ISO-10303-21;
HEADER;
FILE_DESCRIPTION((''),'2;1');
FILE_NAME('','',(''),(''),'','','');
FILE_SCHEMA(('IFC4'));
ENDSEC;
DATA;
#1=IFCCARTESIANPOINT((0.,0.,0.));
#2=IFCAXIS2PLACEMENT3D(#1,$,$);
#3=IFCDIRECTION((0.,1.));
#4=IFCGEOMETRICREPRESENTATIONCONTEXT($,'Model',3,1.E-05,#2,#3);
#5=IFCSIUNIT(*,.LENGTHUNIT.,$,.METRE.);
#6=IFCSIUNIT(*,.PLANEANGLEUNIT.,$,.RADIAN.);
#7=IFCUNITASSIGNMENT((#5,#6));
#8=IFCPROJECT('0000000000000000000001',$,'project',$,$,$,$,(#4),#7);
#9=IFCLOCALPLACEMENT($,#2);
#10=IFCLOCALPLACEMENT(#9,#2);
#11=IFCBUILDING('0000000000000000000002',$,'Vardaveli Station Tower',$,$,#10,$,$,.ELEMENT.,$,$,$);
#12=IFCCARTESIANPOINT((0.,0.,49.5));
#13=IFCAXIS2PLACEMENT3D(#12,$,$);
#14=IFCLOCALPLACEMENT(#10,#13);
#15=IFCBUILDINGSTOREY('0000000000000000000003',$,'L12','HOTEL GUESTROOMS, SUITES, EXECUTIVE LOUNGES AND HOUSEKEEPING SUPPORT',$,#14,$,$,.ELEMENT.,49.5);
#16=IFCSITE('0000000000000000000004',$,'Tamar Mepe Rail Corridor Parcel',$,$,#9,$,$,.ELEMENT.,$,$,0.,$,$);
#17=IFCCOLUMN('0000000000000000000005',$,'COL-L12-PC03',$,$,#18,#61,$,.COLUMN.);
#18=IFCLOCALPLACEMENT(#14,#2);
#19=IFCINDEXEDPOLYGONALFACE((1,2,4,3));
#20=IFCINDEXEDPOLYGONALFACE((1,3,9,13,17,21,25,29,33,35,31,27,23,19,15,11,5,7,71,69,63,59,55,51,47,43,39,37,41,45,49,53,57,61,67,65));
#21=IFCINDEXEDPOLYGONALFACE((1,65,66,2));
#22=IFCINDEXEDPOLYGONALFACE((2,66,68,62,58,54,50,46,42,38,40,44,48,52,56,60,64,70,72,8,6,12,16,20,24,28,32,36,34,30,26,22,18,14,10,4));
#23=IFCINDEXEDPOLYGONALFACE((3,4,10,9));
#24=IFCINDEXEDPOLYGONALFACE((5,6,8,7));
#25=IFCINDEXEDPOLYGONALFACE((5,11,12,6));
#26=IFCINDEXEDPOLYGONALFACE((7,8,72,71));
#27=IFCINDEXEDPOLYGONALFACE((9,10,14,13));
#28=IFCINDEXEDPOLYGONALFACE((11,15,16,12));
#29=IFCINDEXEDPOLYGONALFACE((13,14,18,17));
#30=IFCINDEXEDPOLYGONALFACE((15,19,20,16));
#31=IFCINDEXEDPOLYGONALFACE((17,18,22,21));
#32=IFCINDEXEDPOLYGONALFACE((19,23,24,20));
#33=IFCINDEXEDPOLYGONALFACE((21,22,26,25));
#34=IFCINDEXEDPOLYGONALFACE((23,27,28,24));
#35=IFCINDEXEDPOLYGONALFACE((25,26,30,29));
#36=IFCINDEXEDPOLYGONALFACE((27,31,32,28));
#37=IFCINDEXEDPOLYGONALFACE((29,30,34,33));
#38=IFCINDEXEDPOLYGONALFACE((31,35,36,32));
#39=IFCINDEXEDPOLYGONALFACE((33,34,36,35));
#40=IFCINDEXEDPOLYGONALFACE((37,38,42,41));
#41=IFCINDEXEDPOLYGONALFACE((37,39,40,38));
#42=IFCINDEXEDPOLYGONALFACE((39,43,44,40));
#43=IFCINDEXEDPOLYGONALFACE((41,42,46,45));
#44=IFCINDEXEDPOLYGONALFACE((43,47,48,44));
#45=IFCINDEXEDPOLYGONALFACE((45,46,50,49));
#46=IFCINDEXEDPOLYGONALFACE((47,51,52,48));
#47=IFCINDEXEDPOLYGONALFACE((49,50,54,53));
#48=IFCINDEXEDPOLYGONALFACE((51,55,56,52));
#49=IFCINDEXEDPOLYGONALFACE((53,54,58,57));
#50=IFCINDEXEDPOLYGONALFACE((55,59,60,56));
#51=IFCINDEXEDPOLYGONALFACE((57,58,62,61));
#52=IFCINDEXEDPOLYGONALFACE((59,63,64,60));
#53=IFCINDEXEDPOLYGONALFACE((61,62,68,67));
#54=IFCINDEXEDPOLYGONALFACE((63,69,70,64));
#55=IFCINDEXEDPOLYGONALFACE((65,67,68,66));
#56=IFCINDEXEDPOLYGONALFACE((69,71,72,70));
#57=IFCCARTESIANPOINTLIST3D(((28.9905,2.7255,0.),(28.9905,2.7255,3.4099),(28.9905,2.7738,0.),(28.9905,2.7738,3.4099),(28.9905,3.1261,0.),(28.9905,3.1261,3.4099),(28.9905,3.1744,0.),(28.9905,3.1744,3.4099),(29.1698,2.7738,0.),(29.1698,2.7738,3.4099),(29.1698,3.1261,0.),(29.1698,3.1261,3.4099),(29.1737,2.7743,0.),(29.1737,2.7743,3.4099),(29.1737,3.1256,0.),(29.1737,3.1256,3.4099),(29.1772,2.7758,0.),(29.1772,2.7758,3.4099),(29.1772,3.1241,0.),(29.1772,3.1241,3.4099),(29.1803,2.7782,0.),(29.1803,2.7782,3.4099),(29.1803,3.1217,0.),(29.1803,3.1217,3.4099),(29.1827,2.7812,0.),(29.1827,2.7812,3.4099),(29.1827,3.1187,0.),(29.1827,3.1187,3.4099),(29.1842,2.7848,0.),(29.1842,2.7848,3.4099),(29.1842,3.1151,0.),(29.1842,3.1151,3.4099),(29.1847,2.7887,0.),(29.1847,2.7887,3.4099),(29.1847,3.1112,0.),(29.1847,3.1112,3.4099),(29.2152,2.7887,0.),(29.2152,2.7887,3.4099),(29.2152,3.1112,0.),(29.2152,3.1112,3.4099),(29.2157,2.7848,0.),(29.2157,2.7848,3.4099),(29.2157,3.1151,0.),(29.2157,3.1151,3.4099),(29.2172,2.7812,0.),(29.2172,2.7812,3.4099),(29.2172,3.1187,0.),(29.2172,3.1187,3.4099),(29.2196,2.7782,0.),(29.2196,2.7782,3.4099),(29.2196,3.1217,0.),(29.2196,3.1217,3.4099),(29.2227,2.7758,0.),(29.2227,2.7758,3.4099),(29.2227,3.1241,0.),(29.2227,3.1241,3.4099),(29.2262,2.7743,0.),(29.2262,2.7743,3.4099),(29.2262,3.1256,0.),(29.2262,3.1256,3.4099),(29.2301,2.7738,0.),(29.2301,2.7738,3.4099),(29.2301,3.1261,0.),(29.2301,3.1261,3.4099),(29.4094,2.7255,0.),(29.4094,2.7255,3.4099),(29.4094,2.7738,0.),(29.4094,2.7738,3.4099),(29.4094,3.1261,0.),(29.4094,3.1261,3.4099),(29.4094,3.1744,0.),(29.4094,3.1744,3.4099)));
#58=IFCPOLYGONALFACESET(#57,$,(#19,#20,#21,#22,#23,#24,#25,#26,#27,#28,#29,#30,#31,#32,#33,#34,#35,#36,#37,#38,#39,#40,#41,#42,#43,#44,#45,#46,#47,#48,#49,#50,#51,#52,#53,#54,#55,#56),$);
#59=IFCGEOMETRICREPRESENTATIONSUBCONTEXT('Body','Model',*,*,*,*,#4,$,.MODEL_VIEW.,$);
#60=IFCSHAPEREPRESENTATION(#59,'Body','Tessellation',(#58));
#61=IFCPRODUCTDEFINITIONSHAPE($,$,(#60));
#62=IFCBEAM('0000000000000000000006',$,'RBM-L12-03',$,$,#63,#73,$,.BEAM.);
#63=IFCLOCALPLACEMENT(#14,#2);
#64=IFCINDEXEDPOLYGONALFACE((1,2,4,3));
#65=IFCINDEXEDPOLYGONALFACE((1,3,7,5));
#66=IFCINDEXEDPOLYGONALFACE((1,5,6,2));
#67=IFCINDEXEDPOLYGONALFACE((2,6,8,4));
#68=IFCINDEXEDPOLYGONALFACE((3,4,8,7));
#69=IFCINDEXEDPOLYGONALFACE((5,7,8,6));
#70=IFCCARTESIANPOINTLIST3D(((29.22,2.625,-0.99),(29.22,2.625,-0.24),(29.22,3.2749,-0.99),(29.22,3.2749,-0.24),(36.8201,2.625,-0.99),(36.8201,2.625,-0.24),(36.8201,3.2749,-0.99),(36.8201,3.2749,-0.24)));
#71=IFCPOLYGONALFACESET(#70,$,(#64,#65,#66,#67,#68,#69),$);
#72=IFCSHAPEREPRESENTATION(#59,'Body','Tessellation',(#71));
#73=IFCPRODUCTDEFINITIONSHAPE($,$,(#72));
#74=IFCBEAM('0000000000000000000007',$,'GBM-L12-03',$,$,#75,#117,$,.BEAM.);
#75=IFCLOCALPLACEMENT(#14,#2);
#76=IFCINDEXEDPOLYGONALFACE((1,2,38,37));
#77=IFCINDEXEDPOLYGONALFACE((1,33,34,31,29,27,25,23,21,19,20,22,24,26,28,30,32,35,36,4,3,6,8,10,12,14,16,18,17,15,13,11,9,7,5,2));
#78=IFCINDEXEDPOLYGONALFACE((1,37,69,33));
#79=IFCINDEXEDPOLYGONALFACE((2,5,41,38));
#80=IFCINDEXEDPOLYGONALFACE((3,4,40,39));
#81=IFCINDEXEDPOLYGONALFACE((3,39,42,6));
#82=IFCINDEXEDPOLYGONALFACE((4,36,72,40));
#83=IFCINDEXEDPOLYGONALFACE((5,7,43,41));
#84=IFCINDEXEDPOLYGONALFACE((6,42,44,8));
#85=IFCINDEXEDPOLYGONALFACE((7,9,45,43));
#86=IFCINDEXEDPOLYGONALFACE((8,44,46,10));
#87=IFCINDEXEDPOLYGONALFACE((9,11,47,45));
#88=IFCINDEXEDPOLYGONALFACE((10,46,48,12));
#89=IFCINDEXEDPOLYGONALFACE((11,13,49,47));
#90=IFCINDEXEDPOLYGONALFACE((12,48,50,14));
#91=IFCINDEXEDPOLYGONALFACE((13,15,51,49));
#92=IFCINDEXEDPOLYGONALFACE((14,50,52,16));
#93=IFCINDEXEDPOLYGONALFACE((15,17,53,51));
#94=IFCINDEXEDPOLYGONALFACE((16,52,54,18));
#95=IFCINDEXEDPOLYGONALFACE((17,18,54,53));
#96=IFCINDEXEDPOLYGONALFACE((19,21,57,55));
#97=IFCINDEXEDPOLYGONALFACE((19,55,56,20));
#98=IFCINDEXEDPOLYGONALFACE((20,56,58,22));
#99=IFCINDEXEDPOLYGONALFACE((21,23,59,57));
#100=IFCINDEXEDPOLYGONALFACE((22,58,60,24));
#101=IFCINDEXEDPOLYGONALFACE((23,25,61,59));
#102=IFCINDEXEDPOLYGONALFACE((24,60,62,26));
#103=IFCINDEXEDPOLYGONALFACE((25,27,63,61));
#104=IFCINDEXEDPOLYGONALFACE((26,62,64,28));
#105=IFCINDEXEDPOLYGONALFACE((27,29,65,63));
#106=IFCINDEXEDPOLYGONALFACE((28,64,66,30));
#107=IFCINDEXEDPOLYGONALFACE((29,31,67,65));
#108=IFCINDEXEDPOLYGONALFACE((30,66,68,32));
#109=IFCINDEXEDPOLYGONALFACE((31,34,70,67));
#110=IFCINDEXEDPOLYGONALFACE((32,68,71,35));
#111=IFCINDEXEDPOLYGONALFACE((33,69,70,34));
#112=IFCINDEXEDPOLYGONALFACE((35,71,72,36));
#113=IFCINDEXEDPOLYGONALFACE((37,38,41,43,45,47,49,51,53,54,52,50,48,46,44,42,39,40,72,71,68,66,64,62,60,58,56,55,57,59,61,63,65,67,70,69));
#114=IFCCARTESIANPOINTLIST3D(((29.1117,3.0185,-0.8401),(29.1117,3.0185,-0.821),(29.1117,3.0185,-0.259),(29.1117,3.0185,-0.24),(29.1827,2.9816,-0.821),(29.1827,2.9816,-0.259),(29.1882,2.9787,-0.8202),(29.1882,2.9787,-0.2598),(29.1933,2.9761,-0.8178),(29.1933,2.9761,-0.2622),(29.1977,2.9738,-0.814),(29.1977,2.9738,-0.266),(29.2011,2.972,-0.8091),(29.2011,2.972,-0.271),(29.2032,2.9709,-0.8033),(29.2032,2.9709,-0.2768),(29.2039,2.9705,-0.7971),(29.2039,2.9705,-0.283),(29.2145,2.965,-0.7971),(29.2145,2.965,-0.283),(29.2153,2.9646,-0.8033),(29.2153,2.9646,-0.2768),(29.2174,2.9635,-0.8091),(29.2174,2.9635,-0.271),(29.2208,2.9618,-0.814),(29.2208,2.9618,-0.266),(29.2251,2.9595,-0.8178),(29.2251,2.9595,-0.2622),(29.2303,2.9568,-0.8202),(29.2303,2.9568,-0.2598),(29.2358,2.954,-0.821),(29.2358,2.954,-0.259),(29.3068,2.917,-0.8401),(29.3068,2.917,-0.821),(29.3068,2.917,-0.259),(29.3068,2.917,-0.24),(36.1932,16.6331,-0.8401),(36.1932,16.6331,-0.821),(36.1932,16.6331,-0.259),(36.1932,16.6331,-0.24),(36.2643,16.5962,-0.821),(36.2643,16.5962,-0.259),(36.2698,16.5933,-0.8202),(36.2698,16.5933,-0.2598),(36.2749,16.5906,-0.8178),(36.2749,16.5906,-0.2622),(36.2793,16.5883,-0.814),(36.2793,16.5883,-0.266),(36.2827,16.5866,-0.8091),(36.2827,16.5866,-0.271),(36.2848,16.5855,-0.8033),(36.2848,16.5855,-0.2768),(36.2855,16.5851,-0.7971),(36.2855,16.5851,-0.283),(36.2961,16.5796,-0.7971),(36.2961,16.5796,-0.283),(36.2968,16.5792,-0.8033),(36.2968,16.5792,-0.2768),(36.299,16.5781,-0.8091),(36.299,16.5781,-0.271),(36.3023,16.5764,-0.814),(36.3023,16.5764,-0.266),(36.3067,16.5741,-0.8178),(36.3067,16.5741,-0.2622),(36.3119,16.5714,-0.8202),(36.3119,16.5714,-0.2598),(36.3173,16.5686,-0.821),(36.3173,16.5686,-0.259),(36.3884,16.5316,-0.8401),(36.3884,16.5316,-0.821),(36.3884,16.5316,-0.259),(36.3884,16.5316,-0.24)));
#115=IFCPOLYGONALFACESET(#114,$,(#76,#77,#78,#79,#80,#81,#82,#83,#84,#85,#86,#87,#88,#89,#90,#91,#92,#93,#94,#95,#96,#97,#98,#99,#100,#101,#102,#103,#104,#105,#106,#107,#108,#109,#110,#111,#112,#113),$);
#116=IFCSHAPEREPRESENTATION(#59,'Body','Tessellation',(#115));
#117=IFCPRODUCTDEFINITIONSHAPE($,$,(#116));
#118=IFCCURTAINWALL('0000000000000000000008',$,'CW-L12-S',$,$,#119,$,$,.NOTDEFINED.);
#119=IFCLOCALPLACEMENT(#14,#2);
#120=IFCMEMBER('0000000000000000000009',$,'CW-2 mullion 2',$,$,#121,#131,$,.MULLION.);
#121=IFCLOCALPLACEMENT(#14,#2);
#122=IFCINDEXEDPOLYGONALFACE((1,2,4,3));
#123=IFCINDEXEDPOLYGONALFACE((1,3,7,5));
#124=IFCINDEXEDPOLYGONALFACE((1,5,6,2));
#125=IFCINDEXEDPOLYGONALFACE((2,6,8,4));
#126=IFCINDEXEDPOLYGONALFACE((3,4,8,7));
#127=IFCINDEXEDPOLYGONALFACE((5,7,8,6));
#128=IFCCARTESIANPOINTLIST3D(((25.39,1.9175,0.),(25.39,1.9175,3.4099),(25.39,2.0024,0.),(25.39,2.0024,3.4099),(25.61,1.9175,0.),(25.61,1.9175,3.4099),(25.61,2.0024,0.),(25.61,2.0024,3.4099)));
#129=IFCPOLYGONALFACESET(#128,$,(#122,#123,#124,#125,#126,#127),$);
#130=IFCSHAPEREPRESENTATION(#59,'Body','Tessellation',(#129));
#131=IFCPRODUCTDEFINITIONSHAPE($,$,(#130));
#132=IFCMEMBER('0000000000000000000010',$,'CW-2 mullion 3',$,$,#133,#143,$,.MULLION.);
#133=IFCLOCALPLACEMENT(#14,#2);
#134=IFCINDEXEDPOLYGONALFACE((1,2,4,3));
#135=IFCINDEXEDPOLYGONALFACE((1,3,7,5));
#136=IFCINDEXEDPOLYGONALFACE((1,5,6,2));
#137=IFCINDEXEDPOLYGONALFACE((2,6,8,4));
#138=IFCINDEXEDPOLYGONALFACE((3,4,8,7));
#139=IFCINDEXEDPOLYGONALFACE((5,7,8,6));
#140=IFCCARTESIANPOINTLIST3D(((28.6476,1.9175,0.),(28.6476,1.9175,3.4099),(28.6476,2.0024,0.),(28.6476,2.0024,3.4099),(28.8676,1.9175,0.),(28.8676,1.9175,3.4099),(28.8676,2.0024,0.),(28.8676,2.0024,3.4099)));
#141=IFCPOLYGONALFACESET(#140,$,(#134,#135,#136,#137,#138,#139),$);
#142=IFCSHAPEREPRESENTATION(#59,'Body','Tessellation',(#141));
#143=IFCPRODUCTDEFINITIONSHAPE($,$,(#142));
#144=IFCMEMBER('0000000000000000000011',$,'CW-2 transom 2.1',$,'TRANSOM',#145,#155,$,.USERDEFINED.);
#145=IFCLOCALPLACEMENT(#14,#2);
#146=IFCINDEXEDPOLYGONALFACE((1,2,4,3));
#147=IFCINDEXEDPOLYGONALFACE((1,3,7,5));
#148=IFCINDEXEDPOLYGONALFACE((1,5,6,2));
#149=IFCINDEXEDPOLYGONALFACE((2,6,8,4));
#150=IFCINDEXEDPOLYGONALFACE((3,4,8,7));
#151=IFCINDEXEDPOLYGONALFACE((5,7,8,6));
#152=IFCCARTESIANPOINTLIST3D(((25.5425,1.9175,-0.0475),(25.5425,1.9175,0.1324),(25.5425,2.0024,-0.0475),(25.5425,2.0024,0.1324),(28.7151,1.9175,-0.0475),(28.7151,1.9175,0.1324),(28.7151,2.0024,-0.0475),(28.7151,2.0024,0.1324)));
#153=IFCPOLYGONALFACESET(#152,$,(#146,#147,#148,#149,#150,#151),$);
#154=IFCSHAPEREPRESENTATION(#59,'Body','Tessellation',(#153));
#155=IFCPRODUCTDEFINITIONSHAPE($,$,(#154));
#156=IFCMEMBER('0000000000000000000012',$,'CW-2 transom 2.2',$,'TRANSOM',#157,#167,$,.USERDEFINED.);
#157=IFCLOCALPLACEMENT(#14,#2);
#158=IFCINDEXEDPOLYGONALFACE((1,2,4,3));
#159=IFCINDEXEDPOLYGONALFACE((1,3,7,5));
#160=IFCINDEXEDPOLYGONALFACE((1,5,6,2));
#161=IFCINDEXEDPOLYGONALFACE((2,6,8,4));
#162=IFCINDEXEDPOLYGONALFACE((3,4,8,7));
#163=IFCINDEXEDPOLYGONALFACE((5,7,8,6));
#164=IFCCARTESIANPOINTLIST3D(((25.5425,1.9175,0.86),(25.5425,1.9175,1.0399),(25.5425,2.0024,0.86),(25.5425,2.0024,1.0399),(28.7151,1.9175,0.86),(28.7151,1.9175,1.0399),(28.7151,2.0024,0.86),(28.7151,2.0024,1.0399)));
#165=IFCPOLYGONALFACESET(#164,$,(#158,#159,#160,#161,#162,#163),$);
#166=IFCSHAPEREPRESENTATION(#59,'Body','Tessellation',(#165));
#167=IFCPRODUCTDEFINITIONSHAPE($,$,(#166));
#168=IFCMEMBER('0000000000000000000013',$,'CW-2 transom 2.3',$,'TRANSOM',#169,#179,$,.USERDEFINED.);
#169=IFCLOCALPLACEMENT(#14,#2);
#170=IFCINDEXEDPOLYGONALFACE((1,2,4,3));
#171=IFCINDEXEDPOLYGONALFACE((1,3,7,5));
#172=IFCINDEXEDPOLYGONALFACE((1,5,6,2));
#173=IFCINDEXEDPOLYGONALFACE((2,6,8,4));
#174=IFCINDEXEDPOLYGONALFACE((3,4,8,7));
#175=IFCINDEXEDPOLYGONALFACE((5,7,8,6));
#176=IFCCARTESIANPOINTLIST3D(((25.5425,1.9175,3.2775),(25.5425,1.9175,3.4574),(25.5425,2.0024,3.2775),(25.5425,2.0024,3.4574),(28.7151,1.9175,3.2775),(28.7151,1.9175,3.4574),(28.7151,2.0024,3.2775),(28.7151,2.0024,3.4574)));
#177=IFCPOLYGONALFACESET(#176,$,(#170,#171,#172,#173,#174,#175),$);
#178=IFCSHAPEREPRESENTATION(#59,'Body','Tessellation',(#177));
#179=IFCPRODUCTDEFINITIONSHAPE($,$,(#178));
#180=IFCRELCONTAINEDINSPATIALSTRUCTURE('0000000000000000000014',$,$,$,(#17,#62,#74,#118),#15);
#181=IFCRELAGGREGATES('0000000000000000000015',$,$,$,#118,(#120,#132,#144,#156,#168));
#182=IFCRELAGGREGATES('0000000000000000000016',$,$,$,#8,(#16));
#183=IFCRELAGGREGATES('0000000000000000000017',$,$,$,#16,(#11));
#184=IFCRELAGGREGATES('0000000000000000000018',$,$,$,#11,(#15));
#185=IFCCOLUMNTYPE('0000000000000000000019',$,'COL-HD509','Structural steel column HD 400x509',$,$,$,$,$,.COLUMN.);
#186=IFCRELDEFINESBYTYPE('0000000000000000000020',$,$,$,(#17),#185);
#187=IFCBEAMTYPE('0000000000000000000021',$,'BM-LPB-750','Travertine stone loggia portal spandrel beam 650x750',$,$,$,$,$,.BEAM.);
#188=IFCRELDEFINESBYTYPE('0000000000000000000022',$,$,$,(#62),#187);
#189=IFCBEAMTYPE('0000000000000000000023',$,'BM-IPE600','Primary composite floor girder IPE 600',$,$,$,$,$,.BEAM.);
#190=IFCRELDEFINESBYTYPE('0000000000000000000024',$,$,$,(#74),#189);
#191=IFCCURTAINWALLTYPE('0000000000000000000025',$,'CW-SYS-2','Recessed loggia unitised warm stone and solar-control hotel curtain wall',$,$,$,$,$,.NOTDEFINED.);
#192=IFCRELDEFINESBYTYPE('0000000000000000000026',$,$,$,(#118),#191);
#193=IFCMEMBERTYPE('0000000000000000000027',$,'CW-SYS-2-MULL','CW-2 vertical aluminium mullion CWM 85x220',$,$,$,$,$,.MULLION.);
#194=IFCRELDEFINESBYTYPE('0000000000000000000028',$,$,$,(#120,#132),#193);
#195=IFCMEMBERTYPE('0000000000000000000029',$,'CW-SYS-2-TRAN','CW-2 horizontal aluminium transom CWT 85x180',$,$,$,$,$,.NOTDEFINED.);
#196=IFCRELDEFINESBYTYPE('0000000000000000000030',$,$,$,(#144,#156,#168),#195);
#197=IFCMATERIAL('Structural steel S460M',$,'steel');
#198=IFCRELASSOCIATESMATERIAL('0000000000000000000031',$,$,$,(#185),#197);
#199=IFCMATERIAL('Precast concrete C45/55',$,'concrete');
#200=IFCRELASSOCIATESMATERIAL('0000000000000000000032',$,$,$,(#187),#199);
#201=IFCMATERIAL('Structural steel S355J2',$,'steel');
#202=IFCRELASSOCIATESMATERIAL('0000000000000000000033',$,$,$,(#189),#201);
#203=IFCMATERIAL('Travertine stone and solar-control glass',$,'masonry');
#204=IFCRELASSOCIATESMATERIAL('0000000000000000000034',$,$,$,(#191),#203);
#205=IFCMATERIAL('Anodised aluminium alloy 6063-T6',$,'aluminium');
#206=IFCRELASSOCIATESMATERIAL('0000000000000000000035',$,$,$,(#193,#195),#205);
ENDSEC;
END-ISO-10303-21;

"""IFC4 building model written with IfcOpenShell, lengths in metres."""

from ifc_helpers import new_model, si_unit, direction, frame, origin, origin_2d, place, context, subcontext, project, spatial, rectangle, i_section, extrude, source, transform, mapped, material, material_profile, profile_set, type_object, element, aggregate, save


model = new_model("IFC4")

# Units and contexts
model_context = context("Model", 3, precision=1e-05, world=origin(), true_north=direction((0.0, 1.0)))
body_context = subcontext(model_context, "Body", "Model", "MODEL_VIEW")
ifc_project = project(units=[si_unit("LENGTHUNIT", "METRE"), si_unit("PLANEANGLEUNIT", "RADIAN")], contexts=[model_context])

# Site, building, storey
site_placement = place(None, origin())
site = spatial("IfcSite", under=ifc_project, at=site_placement, Name="Tamar Mepe Rail Corridor Parcel", CompositionType="ELEMENT", RefElevation=0.0)
building_placement = place(site_placement, origin())
building = spatial("IfcBuilding", under=site, at=building_placement, Name="Vardaveli Station Tower", CompositionType="ELEMENT")
storey_placement = place(building_placement, frame((0.0, 0.0, 49.5)))
storey = spatial("IfcBuildingStorey", under=building, at=storey_placement, Name="L12", Description="HOTEL GUESTROOMS, SUITES, EXECUTIVE LOUNGES AND HOUSEKEEPING SUPPORT", CompositionType="ELEMENT", Elevation=49.5)

# Column
ifc_material_1 = material(Name="Structural steel S460M", Category="steel")
ifc_material_profile_1 = material_profile(ifc_material_1, i_section(OverallWidth=0.4189, OverallDepth=0.449, WebThickness=0.0305, FlangeThickness=0.0483, FilletRadius=0.0149, at=origin_2d()), Name="HD 400x509")
ifc_profile_set_1 = profile_set([ifc_material_profile_1], Name="Structural steel S460M")
column_type = type_object("IfcColumnType", Name="COL-HD509", Description="Structural steel column HD 400x509", PredefinedType="COLUMN", material=ifc_profile_set_1)
shared_shape_1 = source(origin(), body_context, "Body", "SweptSolid", [
    extrude(i_section(OverallWidth=0.4189, OverallDepth=0.449, WebThickness=0.0305, FlangeThickness=0.0483, FilletRadius=0.0149, at=origin_2d()), origin(), (0.0, 0.0, 1.0), 3.4099),
])
column_placement = place(storey_placement, frame((29.2, 2.95, 0.0), z_axis=(0.0, 0.0, 1.0), x_axis=(1.0, 0.0, 0.0)))
element("IfcColumn", 1, at=column_placement, inside=storey, type_object=column_type, Name="COL-L12-PC03", PredefinedType="COLUMN", context=body_context, shape_type="MappedRepresentation", body=[
    mapped(shared_shape_1, transform((0.0, 0.0, 0.0), scale=1.0)),
])

# Beams
ifc_material_2 = material(Name="Precast concrete C45/55", Category="concrete")
ifc_material_profile_2 = material_profile(ifc_material_2, rectangle(XDim=0.6499, YDim=0.75, at=origin_2d()), Name="LPB 650x750")
ifc_profile_set_2 = profile_set([ifc_material_profile_2], Name="Precast concrete C45/55")
beam_type_1 = type_object("IfcBeamType", Name="BM-LPB-750", Description="Travertine stone loggia portal spandrel beam 650x750", PredefinedType="BEAM", material=ifc_profile_set_2)
shared_shape_2 = source(origin(), body_context, "Body", "SweptSolid", [
    extrude(rectangle(XDim=0.6499, YDim=0.75, at=origin_2d()), origin(), (0.0, 0.0, 1.0), 7.6001),
])
beam_1_placement = place(storey_placement, frame((29.22, 2.95, -0.615), z_axis=(1.0, 0.0, 0.0), x_axis=(0.0, 1.0, 0.0)))
element("IfcBeam", 2, at=beam_1_placement, inside=storey, type_object=beam_type_1, Name="RBM-L12-03", PredefinedType="BEAM", context=body_context, shape_type="MappedRepresentation", body=[
    mapped(shared_shape_2, transform((0.0, 0.0, 0.0), scale=1.0)),
])
ifc_material_3 = material(Name="Structural steel S355J2", Category="steel")
ifc_material_profile_3 = material_profile(ifc_material_3, i_section(OverallWidth=0.22, OverallDepth=0.6001, WebThickness=0.012, FlangeThickness=0.019, FilletRadius=0.0239, at=origin_2d()), Name="IPE 600")
ifc_profile_set_3 = profile_set([ifc_material_profile_3], Name="Structural steel S355J2")
beam_type_2 = type_object("IfcBeamType", Name="BM-IPE600", Description="Primary composite floor girder IPE 600", PredefinedType="BEAM", material=ifc_profile_set_3)
shared_shape_3 = source(origin(), body_context, "Body", "SweptSolid", [
    extrude(i_section(OverallWidth=0.22, OverallDepth=0.6001, WebThickness=0.012, FlangeThickness=0.019, FilletRadius=0.0239, at=origin_2d()), origin(), (0.0, 0.0, 1.0), 15.3462),
])
beam_2_placement = place(storey_placement, frame((29.2092, 2.9678, -0.54), z_axis=(0.461455, 0.887163, 0.0), x_axis=(-0.887163, 0.461455, 0.0)))
element("IfcBeam", 3, at=beam_2_placement, inside=storey, type_object=beam_type_2, Name="GBM-L12-03", PredefinedType="BEAM", context=body_context, shape_type="MappedRepresentation", body=[
    mapped(shared_shape_3, transform((0.0, 0.0, 0.0), scale=1.0)),
])

# Curtain wall, members
ifc_material_4 = material(Name="Travertine stone and solar-control glass", Category="masonry")
curtain_wall_type = type_object("IfcCurtainWallType", Name="CW-SYS-2", Description="Recessed loggia unitised warm stone and solar-control hotel curtain wall", PredefinedType="NOTDEFINED", material=ifc_material_4)
curtain_wall_placement = place(storey_placement, origin())
curtain_wall = element("IfcCurtainWall", 4, at=curtain_wall_placement, inside=storey, type_object=curtain_wall_type, Name="CW-L12-S", PredefinedType="NOTDEFINED")
ifc_material_5 = material(Name="Anodised aluminium alloy 6063-T6", Category="aluminium")
ifc_material_profile_4 = material_profile(ifc_material_5, rectangle(XDim=0.085, YDim=0.22, at=origin_2d()), Name="CWM 85x220")
ifc_profile_set_4 = profile_set([ifc_material_profile_4], Name="Anodised aluminium alloy 6063-T6")
member_type_1 = type_object("IfcMemberType", Name="CW-SYS-2-MULL", Description="CW-2 vertical aluminium mullion CWM 85x220", PredefinedType="MULLION", material=ifc_profile_set_4)
shared_shape_4 = source(origin(), body_context, "Body", "SweptSolid", [
    extrude(rectangle(XDim=0.085, YDim=0.22, at=origin_2d()), origin(), (0.0, 0.0, 1.0), 3.4099),
])
member_1_placement = place(storey_placement, frame((25.5, 1.96, 0.0), z_axis=(0.0, 0.0, 1.0), x_axis=(0.0, 1.0, 0.0)))
member_1 = element("IfcMember", 5, at=member_1_placement, type_object=member_type_1, Name="CW-2 mullion 2", PredefinedType="MULLION", context=body_context, shape_type="MappedRepresentation", body=[
    mapped(shared_shape_4, transform((0.0, 0.0, 0.0), scale=1.0)),
])
member_2_placement = place(storey_placement, frame((28.7576, 1.96, 0.0), z_axis=(0.0, 0.0, 1.0), x_axis=(0.0, 1.0, 0.0)))
member_2 = element("IfcMember", 6, at=member_2_placement, type_object=member_type_1, Name="CW-2 mullion 3", PredefinedType="MULLION", context=body_context, shape_type="MappedRepresentation", body=[
    mapped(shared_shape_4, transform((0.0, 0.0, 0.0), scale=1.0)),
])
ifc_material_profile_5 = material_profile(ifc_material_5, rectangle(XDim=0.085, YDim=0.1799, at=origin_2d()), Name="CWT 85x180")
ifc_profile_set_5 = profile_set([ifc_material_profile_5], Name="Anodised aluminium alloy 6063-T6")
member_type_2 = type_object("IfcMemberType", Name="CW-SYS-2-TRAN", Description="CW-2 horizontal aluminium transom CWT 85x180", PredefinedType="NOTDEFINED", material=ifc_profile_set_5)
shared_shape_5 = source(origin(), body_context, "Body", "SweptSolid", [
    extrude(rectangle(XDim=0.085, YDim=0.1799, at=origin_2d()), origin(), (0.0, 0.0, 1.0), 3.1726),
])
member_3_placement = place(storey_placement, frame((25.5425, 1.96, 0.0425), z_axis=(1.0, 0.0, 0.0), x_axis=(0.0, 1.0, 0.0)))
member_3 = element("IfcMember", 7, at=member_3_placement, type_object=member_type_2, Name="CW-2 transom 2.1", ObjectType="TRANSOM", PredefinedType="USERDEFINED", context=body_context, shape_type="MappedRepresentation", body=[
    mapped(shared_shape_5, transform((0.0, 0.0, 0.0), scale=1.0)),
])
member_4_placement = place(storey_placement, frame((25.5425, 1.96, 0.95), z_axis=(1.0, 0.0, 0.0), x_axis=(0.0, 1.0, 0.0)))
member_4 = element("IfcMember", 8, at=member_4_placement, type_object=member_type_2, Name="CW-2 transom 2.2", ObjectType="TRANSOM", PredefinedType="USERDEFINED", context=body_context, shape_type="MappedRepresentation", body=[
    mapped(shared_shape_5, transform((0.0, 0.0, 0.0), scale=1.0)),
])
member_5_placement = place(storey_placement, frame((25.5425, 1.96, 3.3674), z_axis=(1.0, 0.0, 0.0), x_axis=(0.0, 1.0, 0.0)))
member_5 = element("IfcMember", 9, at=member_5_placement, type_object=member_type_2, Name="CW-2 transom 2.3", ObjectType="TRANSOM", PredefinedType="USERDEFINED", context=body_context, shape_type="MappedRepresentation", body=[
    mapped(shared_shape_5, transform((0.0, 0.0, 0.0), scale=1.0)),
])
aggregate(curtain_wall, [member_1, member_2, member_3, member_4, member_5])

save(model, "model.ifc")
